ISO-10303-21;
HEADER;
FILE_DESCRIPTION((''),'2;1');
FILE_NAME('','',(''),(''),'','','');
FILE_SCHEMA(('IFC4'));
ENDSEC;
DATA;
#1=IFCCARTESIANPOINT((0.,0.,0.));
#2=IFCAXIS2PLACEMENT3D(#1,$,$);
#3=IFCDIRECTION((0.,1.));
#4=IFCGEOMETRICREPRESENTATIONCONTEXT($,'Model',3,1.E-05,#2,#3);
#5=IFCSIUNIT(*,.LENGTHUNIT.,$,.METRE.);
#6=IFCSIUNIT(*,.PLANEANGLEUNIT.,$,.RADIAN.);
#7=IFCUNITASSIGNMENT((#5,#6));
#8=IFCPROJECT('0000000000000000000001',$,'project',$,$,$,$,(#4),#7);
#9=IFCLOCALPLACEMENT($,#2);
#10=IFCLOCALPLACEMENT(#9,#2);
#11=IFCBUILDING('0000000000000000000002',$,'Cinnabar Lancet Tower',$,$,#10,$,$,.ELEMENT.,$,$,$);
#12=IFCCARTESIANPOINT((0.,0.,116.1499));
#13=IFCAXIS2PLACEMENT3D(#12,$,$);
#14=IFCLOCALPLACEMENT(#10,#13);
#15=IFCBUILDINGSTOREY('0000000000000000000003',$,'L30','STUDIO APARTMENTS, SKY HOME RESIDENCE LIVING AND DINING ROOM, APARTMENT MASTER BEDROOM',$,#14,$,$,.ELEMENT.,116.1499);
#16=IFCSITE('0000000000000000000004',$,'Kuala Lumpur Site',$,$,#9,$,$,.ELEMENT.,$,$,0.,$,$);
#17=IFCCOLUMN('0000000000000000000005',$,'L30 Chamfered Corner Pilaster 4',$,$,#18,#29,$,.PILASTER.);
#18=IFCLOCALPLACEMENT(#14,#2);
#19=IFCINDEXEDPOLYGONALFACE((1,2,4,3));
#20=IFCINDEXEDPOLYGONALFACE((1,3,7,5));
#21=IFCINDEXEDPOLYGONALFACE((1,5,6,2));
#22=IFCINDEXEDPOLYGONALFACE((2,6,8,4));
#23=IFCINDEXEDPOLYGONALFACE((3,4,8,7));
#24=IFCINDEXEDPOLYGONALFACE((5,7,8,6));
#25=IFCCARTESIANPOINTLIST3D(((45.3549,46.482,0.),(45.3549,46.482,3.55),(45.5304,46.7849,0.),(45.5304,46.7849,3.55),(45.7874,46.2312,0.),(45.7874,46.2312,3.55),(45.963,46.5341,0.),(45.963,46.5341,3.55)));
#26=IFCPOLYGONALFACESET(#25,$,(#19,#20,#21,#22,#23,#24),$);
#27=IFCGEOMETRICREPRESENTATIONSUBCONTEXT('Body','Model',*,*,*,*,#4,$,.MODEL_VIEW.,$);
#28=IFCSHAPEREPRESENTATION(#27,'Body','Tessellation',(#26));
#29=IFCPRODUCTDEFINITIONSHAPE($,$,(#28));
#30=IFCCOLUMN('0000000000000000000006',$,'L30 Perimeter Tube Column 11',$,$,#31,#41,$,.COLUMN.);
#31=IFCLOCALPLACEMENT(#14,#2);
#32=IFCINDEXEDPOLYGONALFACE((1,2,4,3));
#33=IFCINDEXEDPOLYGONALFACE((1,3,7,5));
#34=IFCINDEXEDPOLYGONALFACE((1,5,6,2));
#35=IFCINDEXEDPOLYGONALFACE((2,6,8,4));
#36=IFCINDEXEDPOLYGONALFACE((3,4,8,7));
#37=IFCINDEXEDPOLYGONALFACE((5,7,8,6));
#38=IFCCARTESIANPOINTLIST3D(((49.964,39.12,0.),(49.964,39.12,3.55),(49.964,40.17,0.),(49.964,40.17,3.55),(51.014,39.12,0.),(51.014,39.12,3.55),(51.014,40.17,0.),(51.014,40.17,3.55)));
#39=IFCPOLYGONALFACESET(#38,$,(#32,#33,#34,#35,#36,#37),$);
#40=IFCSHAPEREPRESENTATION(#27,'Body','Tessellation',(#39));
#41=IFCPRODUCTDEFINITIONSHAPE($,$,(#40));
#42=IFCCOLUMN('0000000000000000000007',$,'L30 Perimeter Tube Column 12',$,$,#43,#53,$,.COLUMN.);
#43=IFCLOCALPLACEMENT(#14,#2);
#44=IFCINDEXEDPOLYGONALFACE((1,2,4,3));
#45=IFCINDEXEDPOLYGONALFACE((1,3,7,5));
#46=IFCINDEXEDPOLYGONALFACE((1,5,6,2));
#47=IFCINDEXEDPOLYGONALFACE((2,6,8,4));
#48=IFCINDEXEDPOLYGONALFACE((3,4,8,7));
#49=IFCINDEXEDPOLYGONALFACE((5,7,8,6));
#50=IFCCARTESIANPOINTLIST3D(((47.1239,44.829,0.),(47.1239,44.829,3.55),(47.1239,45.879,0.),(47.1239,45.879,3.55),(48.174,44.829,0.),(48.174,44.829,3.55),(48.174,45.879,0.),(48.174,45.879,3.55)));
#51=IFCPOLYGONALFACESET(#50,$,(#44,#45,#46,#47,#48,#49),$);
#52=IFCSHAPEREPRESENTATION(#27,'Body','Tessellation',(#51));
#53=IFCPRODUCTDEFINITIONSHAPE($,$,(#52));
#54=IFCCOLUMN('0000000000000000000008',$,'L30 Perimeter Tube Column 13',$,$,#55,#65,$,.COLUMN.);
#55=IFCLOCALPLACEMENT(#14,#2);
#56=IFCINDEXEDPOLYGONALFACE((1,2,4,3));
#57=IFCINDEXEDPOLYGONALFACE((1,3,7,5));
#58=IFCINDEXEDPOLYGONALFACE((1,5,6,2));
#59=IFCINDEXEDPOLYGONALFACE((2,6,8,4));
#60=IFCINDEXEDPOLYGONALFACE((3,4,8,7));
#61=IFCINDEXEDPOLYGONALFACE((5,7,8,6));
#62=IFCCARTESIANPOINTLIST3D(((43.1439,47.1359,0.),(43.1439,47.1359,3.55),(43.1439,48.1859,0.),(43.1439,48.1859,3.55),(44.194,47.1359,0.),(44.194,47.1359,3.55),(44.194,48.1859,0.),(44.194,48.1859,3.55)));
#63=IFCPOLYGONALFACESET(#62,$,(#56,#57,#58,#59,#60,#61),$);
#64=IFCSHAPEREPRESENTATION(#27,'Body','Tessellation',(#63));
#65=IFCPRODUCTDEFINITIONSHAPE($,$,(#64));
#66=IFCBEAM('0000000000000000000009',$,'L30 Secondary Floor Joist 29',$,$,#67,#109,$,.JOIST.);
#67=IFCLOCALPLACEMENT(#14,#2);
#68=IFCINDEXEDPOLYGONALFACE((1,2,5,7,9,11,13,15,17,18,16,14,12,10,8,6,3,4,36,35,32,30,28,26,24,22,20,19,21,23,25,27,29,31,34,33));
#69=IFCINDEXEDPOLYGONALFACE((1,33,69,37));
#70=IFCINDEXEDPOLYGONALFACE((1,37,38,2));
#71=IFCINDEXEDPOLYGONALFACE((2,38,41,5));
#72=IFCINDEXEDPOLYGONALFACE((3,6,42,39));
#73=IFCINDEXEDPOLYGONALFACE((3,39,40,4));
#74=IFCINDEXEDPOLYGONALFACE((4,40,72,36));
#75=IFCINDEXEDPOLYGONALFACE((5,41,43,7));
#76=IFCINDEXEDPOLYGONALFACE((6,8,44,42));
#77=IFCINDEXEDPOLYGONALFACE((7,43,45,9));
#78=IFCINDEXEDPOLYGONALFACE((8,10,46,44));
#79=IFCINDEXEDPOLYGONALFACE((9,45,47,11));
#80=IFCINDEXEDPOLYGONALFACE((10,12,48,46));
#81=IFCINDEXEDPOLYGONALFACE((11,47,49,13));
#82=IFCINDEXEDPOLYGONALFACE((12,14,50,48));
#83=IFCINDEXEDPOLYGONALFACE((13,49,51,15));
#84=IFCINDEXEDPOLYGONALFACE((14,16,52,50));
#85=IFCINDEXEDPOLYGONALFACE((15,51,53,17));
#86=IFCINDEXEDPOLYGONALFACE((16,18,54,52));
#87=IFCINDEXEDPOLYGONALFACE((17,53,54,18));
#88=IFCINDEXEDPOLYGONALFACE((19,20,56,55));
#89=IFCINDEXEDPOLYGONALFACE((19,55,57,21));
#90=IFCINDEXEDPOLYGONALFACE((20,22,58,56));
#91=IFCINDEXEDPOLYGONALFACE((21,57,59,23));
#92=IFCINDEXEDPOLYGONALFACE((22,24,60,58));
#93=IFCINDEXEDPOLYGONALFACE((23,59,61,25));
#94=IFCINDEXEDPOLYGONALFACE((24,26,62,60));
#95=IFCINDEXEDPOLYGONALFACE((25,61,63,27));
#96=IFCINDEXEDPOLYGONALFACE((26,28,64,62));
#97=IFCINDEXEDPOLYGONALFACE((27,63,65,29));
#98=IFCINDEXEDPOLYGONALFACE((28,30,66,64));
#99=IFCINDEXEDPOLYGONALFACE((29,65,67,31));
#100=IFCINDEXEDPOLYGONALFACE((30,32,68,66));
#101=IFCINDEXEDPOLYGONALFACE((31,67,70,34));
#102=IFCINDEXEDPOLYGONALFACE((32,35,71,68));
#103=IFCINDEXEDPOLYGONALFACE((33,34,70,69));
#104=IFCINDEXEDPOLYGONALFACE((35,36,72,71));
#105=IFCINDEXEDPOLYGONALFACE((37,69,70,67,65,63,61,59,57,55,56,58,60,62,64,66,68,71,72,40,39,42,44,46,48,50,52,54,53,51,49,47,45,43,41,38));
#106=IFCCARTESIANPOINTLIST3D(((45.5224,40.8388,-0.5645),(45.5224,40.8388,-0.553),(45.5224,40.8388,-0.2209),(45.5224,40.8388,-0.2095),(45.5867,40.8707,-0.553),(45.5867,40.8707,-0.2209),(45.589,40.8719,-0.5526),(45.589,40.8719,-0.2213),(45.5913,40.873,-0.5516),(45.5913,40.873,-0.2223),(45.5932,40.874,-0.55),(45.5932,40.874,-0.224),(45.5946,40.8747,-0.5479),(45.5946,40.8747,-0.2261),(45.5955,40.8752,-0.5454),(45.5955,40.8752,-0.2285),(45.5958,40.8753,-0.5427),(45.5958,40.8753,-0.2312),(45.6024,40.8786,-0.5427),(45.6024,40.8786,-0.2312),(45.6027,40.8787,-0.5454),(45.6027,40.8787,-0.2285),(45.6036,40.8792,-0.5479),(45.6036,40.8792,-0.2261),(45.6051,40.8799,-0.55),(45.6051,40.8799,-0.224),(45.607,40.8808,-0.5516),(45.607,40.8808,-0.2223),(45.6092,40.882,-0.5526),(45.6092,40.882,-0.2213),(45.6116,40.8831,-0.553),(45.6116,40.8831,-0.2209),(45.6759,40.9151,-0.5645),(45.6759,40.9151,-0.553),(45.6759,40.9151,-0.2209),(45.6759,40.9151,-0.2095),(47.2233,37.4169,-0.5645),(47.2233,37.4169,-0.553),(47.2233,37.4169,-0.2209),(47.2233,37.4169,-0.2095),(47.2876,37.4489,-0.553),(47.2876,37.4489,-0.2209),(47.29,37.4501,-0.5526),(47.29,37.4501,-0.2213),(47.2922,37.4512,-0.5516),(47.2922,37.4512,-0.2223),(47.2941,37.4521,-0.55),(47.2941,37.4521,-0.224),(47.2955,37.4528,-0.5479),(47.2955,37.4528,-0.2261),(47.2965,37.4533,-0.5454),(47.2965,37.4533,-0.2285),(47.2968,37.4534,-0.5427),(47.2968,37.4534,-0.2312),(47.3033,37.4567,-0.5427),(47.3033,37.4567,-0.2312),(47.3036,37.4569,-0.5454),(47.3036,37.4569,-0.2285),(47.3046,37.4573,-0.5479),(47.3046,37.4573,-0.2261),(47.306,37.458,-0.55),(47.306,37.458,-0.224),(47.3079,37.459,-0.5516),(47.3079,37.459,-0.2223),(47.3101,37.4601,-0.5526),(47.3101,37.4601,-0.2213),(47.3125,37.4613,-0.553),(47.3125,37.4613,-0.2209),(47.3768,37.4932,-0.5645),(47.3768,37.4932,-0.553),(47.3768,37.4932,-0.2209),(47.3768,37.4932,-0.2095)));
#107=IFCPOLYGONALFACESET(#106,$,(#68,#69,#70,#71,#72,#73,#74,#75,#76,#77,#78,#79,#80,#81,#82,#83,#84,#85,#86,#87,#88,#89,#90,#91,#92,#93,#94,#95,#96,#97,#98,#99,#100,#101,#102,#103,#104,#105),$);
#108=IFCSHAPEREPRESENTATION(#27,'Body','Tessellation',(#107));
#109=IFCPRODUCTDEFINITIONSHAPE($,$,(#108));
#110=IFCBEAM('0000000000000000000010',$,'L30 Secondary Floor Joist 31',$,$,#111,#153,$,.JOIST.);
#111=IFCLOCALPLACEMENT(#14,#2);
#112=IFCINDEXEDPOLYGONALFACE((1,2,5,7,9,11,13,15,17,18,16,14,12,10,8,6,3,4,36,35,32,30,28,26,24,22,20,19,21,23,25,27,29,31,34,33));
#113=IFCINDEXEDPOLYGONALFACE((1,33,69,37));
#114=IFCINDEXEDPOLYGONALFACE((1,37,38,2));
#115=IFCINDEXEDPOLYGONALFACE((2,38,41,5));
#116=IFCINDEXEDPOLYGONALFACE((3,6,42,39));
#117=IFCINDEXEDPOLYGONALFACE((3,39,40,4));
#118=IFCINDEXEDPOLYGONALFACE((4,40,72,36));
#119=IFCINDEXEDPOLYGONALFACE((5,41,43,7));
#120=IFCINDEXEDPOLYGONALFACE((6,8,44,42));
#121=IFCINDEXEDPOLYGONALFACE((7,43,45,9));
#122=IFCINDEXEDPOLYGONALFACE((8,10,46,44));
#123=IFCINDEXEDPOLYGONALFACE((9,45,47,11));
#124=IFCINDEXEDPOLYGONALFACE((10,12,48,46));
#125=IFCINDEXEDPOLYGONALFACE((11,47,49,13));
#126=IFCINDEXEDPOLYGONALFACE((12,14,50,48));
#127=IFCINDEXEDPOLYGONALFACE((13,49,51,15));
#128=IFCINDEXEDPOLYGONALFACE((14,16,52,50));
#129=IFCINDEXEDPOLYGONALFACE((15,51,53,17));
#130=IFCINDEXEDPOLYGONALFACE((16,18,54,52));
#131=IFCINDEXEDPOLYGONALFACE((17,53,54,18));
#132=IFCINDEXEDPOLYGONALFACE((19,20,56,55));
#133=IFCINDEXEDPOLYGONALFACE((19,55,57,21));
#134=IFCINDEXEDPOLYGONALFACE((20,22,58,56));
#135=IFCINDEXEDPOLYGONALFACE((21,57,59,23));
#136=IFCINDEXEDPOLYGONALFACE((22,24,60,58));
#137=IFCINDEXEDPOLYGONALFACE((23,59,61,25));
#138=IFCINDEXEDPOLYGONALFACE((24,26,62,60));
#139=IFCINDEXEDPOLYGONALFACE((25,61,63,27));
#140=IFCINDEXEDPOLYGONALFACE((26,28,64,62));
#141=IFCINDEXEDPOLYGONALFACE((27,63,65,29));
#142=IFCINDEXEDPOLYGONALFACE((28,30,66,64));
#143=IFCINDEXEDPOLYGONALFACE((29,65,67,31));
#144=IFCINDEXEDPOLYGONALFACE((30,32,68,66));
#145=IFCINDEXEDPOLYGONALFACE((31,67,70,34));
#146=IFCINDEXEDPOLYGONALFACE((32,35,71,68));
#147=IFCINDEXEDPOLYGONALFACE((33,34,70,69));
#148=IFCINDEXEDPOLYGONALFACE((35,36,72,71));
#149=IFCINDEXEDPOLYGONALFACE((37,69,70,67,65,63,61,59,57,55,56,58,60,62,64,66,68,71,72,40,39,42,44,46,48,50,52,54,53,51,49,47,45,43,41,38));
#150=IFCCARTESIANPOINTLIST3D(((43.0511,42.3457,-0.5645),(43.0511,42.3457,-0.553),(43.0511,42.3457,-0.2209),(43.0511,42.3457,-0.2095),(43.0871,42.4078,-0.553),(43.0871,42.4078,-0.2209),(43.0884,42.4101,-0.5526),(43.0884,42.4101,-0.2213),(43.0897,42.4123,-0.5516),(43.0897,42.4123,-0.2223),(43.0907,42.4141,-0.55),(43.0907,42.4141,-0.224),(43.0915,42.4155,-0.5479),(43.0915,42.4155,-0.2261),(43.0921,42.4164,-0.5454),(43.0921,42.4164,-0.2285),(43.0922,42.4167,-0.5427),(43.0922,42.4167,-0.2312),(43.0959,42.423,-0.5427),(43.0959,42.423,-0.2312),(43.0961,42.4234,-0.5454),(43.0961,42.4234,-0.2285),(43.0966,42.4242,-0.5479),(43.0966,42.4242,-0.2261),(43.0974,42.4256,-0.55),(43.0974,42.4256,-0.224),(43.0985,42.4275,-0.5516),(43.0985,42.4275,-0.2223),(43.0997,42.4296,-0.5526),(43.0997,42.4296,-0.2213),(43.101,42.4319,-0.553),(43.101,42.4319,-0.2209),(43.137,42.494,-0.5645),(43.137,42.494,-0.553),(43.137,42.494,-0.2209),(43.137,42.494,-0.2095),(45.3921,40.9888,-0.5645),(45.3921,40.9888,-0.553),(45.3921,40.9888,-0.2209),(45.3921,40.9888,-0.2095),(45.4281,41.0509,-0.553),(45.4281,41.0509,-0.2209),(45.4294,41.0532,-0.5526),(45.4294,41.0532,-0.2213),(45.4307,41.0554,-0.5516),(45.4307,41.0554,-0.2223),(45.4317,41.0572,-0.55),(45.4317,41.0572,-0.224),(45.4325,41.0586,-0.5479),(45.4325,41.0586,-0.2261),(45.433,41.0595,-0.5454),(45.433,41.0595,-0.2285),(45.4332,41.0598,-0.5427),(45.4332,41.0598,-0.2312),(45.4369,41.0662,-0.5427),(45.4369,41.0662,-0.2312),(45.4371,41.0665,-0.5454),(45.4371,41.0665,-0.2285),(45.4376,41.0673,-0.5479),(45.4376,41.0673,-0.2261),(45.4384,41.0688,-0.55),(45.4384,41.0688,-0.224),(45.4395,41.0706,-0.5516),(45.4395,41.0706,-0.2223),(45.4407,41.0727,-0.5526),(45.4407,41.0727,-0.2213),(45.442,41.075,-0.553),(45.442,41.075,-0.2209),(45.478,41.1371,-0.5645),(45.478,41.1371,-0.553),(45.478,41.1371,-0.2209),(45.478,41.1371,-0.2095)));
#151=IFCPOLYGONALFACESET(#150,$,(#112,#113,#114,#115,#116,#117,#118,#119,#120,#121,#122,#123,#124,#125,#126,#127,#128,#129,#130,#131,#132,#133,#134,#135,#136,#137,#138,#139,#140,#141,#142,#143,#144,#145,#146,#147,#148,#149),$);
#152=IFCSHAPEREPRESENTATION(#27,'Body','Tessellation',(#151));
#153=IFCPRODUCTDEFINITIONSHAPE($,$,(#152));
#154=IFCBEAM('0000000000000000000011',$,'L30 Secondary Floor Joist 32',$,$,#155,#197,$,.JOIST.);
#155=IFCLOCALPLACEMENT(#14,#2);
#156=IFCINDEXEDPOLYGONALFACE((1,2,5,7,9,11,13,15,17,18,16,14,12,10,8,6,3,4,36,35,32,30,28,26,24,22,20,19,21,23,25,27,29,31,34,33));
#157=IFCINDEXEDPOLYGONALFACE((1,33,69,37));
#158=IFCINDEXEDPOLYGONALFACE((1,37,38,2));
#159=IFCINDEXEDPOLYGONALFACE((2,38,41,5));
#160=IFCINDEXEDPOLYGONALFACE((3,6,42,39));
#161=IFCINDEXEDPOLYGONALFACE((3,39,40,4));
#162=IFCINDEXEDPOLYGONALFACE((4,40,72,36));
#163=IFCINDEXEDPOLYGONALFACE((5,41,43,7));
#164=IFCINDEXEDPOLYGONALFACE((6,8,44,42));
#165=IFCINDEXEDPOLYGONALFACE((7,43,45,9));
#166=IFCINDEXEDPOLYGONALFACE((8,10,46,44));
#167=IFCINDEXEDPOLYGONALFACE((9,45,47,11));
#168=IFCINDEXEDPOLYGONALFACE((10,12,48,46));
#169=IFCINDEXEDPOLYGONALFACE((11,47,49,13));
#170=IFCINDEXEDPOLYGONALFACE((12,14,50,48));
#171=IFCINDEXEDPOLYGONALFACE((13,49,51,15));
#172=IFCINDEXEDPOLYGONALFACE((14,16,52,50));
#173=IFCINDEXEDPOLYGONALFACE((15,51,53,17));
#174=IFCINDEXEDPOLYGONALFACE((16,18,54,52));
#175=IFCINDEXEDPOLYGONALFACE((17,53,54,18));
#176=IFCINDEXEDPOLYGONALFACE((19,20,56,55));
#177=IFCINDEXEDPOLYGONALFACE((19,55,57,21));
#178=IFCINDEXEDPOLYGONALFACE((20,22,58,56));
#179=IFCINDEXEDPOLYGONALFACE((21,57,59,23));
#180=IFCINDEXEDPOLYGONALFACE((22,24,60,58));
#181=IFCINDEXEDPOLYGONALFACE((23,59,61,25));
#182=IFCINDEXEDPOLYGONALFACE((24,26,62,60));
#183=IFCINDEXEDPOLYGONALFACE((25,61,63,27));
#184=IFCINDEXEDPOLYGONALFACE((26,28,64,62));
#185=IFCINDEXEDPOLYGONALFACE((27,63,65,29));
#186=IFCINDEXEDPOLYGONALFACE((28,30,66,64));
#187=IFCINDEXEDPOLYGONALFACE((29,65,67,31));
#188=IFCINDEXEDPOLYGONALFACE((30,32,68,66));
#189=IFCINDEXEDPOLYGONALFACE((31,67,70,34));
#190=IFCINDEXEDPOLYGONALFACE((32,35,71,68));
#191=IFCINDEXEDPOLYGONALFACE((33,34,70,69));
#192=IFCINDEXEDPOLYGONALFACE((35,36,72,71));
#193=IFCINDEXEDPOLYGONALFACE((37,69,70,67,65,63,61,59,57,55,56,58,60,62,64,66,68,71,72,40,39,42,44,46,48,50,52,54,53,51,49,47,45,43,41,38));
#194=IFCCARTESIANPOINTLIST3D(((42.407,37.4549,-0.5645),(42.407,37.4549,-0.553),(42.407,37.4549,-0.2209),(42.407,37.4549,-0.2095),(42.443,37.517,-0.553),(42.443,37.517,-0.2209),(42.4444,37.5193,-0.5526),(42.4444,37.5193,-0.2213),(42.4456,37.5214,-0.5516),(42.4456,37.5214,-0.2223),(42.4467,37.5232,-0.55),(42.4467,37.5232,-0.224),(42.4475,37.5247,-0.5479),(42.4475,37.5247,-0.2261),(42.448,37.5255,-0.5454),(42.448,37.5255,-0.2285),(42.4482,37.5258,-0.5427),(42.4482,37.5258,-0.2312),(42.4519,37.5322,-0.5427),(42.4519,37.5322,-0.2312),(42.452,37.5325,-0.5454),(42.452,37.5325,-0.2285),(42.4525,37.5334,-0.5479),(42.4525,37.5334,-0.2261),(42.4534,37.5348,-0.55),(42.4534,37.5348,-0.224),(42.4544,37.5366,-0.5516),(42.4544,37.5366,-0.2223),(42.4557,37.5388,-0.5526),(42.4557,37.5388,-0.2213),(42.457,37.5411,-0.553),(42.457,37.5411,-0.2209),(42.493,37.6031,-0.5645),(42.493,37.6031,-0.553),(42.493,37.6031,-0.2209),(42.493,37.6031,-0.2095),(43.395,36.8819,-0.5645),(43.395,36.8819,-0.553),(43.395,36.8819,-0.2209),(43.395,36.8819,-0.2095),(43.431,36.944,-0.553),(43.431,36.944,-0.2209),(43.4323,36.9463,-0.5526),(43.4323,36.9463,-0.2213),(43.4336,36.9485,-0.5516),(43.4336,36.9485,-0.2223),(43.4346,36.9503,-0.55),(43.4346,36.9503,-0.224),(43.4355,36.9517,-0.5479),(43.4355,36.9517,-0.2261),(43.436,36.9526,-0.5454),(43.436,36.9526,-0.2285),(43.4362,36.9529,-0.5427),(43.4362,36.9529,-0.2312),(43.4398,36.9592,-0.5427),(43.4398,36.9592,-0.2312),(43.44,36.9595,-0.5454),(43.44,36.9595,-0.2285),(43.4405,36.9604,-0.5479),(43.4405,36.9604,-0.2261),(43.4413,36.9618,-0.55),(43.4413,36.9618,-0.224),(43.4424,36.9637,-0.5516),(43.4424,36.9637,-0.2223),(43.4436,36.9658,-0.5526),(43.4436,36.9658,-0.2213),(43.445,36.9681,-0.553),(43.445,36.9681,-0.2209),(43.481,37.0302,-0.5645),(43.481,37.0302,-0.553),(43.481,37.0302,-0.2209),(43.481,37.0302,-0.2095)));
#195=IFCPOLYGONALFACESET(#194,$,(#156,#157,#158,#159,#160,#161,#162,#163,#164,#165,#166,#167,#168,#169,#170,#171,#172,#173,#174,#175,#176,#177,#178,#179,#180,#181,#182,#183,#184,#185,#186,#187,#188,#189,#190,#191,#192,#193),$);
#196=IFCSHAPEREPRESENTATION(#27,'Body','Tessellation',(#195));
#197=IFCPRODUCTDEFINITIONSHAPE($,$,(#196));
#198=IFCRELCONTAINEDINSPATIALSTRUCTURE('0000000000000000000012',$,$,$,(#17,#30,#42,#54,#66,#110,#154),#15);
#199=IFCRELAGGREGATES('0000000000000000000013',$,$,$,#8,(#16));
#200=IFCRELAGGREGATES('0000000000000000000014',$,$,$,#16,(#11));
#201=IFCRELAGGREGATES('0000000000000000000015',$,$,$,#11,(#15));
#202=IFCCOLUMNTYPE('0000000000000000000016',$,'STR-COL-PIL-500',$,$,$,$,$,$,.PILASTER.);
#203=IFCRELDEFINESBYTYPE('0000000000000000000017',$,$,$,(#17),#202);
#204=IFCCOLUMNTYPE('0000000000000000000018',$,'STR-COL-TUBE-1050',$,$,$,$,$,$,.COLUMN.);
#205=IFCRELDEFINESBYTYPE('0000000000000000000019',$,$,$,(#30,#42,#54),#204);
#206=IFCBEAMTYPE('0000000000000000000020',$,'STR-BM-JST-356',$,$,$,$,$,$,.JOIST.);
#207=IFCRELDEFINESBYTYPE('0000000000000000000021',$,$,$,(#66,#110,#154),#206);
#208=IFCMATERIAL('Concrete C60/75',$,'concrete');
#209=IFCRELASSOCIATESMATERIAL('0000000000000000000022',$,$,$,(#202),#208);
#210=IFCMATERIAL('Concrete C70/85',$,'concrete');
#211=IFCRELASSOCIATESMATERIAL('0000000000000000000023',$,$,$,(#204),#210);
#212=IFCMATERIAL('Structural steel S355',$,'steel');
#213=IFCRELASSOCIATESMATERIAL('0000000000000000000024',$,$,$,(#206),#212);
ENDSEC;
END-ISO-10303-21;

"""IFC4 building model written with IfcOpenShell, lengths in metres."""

from ifc_helpers import new_model, si_unit, direction, frame, origin, origin_2d, place, context, subcontext, project, spatial, rectangle, i_section, extrude, material, material_profile, profile_set, type_object, element, save


model = new_model("IFC4")

# Units and contexts
model_context = context("Model", 3, precision=1e-05, world=origin(), true_north=direction((0.0, 1.0)))
body_context = subcontext(model_context, "Body", "Model", "MODEL_VIEW")
ifc_project = project(units=[si_unit("LENGTHUNIT", "METRE"), si_unit("PLANEANGLEUNIT", "RADIAN")], contexts=[model_context])

# Site, building, storey
site_placement = place(None, origin())
site = spatial("IfcSite", under=ifc_project, at=site_placement, Name="Kuala Lumpur Site", CompositionType="ELEMENT", RefElevation=0.0)
building_placement = place(site_placement, origin())
building = spatial("IfcBuilding", under=site, at=building_placement, Name="Cinnabar Lancet Tower", CompositionType="ELEMENT")
storey_placement = place(building_placement, frame((0.0, 0.0, 116.1499)))
storey = spatial("IfcBuildingStorey", under=building, at=storey_placement, Name="L30", Description="STUDIO APARTMENTS, SKY HOME RESIDENCE LIVING AND DINING ROOM, APARTMENT MASTER BEDROOM", CompositionType="ELEMENT", Elevation=116.1499)

# Columns
ifc_material_1 = material(Name="Concrete C60/75", Category="concrete")
ifc_material_profile_1 = material_profile(ifc_material_1, rectangle(XDim=0.5, YDim=0.3501, at=origin_2d()), Name="RC-PIL 500x350")
ifc_profile_set_1 = profile_set([ifc_material_profile_1], Name="Concrete C60/75")
column_type_1 = type_object("IfcColumnType", Name="STR-COL-PIL-500", PredefinedType="PILASTER", material=ifc_profile_set_1)
column_placement = place(storey_placement, frame((45.6589, 46.5081, 0.0), z_axis=(0.0, 0.0, 1.0), x_axis=(-0.86516, 0.501496, 0.0)))
element("IfcColumn", 1, at=column_placement, inside=storey, type_object=column_type_1, Name="L30 Chamfered Corner Pilaster 4", PredefinedType="PILASTER", context=body_context, shape_type="SweptSolid", body=[
    extrude(rectangle(XDim=0.5, YDim=0.3501, at=origin_2d()), origin(), (0.0, 0.0, 1.0), 3.55),
])
ifc_material_2 = material(Name="Concrete C70/85", Category="concrete")
ifc_material_profile_2 = material_profile(ifc_material_2, rectangle(XDim=1.05, YDim=1.05, at=origin_2d()), Name="RC-COL 1050x1050")
ifc_profile_set_2 = profile_set([ifc_material_profile_2], Name="Concrete C70/85")
column_type_2 = type_object("IfcColumnType", Name="STR-COL-TUBE-1050", PredefinedType="COLUMN", material=ifc_profile_set_2)
for number, where, z_axis, x_axis, name in (
    (2, (50.489, 39.645, 0.0), (0.0, 0.0, 1.0), (1.0, 0.0, 0.0), "L30 Perimeter Tube Column 11"),
    (3, (47.6489, 45.354, 0.0), (0.0, 0.0, 1.0), (1.0, 0.0, 0.0), "L30 Perimeter Tube Column 12"),
    (4, (43.6689, 47.6609, 0.0), (0.0, 0.0, 1.0), (1.0, 0.0, 0.0), "L30 Perimeter Tube Column 13"),
):
    element("IfcColumn", number, at=place(storey_placement, frame(where, z_axis=z_axis, x_axis=x_axis)), inside=storey, type_object=column_type_2, Name=name, PredefinedType="COLUMN", context=body_context, shape_type="SweptSolid", body=[
        extrude(rectangle(XDim=1.05, YDim=1.05, at=origin_2d()), origin(), (0.0, 0.0, 1.0), 3.55),
    ])

# Beams
ifc_material_3 = material(Name="Structural steel S355", Category="steel")
ifc_material_profile_3 = material_profile(ifc_material_3, i_section(OverallWidth=0.1714, OverallDepth=0.355, WebThickness=0.0073, FlangeThickness=0.0115, FilletRadius=0.0103, at=origin_2d()), Name="UKB 356x171x51")
ifc_profile_set_3 = profile_set([ifc_material_profile_3], Name="Structural steel S355")
beam_type_1 = type_object("IfcBeamType", Name="STR-BM-JST-356", PredefinedType="JOIST", material=ifc_profile_set_3)
beam_1_placement = place(storey_placement, frame((47.3, 37.4551, -0.387), z_axis=(-0.445117, 0.895473, 0.0), x_axis=(-0.895473, -0.445117, 0.0)))
element("IfcBeam", 5, at=beam_1_placement, inside=storey, type_object=beam_type_1, Name="L30 Secondary Floor Joist 29", PredefinedType="JOIST", context=body_context, shape_type="SweptSolid", body=[
    extrude(i_section(OverallWidth=0.1714, OverallDepth=0.355, WebThickness=0.0073, FlangeThickness=0.0115, FilletRadius=0.0103, at=origin_2d()), origin(), (0.0, 0.0, 1.0), 3.8213),
])
beam_2_placement = place(storey_placement, frame((45.4351, 41.063, -0.387), z_axis=(-0.865173, 0.501474, 0.0), x_axis=(-0.501474, -0.865173, 0.0)))
element("IfcBeam", 6, at=beam_2_placement, inside=storey, type_object=beam_type_1, Name="L30 Secondary Floor Joist 31", PredefinedType="JOIST", context=body_context, shape_type="SweptSolid", body=[
    extrude(i_section(OverallWidth=0.1714, OverallDepth=0.355, WebThickness=0.0073, FlangeThickness=0.0115, FilletRadius=0.0103, at=origin_2d()), origin(), (0.0, 0.0, 1.0), 2.7058),
])
beam_3_placement = place(storey_placement, frame((43.438, 36.9561, -0.387), z_axis=(-0.865055, 0.501677, 0.0), x_axis=(-0.501677, -0.865055, 0.0)))
element("IfcBeam", 7, at=beam_3_placement, inside=storey, type_object=beam_type_1, Name="L30 Secondary Floor Joist 32", PredefinedType="JOIST", context=body_context, shape_type="SweptSolid", body=[
    extrude(i_section(OverallWidth=0.1714, OverallDepth=0.355, WebThickness=0.0073, FlangeThickness=0.0115, FilletRadius=0.0103, at=origin_2d()), origin(), (0.0, 0.0, 1.0), 1.1421),
])

save(model, "model.ifc")
